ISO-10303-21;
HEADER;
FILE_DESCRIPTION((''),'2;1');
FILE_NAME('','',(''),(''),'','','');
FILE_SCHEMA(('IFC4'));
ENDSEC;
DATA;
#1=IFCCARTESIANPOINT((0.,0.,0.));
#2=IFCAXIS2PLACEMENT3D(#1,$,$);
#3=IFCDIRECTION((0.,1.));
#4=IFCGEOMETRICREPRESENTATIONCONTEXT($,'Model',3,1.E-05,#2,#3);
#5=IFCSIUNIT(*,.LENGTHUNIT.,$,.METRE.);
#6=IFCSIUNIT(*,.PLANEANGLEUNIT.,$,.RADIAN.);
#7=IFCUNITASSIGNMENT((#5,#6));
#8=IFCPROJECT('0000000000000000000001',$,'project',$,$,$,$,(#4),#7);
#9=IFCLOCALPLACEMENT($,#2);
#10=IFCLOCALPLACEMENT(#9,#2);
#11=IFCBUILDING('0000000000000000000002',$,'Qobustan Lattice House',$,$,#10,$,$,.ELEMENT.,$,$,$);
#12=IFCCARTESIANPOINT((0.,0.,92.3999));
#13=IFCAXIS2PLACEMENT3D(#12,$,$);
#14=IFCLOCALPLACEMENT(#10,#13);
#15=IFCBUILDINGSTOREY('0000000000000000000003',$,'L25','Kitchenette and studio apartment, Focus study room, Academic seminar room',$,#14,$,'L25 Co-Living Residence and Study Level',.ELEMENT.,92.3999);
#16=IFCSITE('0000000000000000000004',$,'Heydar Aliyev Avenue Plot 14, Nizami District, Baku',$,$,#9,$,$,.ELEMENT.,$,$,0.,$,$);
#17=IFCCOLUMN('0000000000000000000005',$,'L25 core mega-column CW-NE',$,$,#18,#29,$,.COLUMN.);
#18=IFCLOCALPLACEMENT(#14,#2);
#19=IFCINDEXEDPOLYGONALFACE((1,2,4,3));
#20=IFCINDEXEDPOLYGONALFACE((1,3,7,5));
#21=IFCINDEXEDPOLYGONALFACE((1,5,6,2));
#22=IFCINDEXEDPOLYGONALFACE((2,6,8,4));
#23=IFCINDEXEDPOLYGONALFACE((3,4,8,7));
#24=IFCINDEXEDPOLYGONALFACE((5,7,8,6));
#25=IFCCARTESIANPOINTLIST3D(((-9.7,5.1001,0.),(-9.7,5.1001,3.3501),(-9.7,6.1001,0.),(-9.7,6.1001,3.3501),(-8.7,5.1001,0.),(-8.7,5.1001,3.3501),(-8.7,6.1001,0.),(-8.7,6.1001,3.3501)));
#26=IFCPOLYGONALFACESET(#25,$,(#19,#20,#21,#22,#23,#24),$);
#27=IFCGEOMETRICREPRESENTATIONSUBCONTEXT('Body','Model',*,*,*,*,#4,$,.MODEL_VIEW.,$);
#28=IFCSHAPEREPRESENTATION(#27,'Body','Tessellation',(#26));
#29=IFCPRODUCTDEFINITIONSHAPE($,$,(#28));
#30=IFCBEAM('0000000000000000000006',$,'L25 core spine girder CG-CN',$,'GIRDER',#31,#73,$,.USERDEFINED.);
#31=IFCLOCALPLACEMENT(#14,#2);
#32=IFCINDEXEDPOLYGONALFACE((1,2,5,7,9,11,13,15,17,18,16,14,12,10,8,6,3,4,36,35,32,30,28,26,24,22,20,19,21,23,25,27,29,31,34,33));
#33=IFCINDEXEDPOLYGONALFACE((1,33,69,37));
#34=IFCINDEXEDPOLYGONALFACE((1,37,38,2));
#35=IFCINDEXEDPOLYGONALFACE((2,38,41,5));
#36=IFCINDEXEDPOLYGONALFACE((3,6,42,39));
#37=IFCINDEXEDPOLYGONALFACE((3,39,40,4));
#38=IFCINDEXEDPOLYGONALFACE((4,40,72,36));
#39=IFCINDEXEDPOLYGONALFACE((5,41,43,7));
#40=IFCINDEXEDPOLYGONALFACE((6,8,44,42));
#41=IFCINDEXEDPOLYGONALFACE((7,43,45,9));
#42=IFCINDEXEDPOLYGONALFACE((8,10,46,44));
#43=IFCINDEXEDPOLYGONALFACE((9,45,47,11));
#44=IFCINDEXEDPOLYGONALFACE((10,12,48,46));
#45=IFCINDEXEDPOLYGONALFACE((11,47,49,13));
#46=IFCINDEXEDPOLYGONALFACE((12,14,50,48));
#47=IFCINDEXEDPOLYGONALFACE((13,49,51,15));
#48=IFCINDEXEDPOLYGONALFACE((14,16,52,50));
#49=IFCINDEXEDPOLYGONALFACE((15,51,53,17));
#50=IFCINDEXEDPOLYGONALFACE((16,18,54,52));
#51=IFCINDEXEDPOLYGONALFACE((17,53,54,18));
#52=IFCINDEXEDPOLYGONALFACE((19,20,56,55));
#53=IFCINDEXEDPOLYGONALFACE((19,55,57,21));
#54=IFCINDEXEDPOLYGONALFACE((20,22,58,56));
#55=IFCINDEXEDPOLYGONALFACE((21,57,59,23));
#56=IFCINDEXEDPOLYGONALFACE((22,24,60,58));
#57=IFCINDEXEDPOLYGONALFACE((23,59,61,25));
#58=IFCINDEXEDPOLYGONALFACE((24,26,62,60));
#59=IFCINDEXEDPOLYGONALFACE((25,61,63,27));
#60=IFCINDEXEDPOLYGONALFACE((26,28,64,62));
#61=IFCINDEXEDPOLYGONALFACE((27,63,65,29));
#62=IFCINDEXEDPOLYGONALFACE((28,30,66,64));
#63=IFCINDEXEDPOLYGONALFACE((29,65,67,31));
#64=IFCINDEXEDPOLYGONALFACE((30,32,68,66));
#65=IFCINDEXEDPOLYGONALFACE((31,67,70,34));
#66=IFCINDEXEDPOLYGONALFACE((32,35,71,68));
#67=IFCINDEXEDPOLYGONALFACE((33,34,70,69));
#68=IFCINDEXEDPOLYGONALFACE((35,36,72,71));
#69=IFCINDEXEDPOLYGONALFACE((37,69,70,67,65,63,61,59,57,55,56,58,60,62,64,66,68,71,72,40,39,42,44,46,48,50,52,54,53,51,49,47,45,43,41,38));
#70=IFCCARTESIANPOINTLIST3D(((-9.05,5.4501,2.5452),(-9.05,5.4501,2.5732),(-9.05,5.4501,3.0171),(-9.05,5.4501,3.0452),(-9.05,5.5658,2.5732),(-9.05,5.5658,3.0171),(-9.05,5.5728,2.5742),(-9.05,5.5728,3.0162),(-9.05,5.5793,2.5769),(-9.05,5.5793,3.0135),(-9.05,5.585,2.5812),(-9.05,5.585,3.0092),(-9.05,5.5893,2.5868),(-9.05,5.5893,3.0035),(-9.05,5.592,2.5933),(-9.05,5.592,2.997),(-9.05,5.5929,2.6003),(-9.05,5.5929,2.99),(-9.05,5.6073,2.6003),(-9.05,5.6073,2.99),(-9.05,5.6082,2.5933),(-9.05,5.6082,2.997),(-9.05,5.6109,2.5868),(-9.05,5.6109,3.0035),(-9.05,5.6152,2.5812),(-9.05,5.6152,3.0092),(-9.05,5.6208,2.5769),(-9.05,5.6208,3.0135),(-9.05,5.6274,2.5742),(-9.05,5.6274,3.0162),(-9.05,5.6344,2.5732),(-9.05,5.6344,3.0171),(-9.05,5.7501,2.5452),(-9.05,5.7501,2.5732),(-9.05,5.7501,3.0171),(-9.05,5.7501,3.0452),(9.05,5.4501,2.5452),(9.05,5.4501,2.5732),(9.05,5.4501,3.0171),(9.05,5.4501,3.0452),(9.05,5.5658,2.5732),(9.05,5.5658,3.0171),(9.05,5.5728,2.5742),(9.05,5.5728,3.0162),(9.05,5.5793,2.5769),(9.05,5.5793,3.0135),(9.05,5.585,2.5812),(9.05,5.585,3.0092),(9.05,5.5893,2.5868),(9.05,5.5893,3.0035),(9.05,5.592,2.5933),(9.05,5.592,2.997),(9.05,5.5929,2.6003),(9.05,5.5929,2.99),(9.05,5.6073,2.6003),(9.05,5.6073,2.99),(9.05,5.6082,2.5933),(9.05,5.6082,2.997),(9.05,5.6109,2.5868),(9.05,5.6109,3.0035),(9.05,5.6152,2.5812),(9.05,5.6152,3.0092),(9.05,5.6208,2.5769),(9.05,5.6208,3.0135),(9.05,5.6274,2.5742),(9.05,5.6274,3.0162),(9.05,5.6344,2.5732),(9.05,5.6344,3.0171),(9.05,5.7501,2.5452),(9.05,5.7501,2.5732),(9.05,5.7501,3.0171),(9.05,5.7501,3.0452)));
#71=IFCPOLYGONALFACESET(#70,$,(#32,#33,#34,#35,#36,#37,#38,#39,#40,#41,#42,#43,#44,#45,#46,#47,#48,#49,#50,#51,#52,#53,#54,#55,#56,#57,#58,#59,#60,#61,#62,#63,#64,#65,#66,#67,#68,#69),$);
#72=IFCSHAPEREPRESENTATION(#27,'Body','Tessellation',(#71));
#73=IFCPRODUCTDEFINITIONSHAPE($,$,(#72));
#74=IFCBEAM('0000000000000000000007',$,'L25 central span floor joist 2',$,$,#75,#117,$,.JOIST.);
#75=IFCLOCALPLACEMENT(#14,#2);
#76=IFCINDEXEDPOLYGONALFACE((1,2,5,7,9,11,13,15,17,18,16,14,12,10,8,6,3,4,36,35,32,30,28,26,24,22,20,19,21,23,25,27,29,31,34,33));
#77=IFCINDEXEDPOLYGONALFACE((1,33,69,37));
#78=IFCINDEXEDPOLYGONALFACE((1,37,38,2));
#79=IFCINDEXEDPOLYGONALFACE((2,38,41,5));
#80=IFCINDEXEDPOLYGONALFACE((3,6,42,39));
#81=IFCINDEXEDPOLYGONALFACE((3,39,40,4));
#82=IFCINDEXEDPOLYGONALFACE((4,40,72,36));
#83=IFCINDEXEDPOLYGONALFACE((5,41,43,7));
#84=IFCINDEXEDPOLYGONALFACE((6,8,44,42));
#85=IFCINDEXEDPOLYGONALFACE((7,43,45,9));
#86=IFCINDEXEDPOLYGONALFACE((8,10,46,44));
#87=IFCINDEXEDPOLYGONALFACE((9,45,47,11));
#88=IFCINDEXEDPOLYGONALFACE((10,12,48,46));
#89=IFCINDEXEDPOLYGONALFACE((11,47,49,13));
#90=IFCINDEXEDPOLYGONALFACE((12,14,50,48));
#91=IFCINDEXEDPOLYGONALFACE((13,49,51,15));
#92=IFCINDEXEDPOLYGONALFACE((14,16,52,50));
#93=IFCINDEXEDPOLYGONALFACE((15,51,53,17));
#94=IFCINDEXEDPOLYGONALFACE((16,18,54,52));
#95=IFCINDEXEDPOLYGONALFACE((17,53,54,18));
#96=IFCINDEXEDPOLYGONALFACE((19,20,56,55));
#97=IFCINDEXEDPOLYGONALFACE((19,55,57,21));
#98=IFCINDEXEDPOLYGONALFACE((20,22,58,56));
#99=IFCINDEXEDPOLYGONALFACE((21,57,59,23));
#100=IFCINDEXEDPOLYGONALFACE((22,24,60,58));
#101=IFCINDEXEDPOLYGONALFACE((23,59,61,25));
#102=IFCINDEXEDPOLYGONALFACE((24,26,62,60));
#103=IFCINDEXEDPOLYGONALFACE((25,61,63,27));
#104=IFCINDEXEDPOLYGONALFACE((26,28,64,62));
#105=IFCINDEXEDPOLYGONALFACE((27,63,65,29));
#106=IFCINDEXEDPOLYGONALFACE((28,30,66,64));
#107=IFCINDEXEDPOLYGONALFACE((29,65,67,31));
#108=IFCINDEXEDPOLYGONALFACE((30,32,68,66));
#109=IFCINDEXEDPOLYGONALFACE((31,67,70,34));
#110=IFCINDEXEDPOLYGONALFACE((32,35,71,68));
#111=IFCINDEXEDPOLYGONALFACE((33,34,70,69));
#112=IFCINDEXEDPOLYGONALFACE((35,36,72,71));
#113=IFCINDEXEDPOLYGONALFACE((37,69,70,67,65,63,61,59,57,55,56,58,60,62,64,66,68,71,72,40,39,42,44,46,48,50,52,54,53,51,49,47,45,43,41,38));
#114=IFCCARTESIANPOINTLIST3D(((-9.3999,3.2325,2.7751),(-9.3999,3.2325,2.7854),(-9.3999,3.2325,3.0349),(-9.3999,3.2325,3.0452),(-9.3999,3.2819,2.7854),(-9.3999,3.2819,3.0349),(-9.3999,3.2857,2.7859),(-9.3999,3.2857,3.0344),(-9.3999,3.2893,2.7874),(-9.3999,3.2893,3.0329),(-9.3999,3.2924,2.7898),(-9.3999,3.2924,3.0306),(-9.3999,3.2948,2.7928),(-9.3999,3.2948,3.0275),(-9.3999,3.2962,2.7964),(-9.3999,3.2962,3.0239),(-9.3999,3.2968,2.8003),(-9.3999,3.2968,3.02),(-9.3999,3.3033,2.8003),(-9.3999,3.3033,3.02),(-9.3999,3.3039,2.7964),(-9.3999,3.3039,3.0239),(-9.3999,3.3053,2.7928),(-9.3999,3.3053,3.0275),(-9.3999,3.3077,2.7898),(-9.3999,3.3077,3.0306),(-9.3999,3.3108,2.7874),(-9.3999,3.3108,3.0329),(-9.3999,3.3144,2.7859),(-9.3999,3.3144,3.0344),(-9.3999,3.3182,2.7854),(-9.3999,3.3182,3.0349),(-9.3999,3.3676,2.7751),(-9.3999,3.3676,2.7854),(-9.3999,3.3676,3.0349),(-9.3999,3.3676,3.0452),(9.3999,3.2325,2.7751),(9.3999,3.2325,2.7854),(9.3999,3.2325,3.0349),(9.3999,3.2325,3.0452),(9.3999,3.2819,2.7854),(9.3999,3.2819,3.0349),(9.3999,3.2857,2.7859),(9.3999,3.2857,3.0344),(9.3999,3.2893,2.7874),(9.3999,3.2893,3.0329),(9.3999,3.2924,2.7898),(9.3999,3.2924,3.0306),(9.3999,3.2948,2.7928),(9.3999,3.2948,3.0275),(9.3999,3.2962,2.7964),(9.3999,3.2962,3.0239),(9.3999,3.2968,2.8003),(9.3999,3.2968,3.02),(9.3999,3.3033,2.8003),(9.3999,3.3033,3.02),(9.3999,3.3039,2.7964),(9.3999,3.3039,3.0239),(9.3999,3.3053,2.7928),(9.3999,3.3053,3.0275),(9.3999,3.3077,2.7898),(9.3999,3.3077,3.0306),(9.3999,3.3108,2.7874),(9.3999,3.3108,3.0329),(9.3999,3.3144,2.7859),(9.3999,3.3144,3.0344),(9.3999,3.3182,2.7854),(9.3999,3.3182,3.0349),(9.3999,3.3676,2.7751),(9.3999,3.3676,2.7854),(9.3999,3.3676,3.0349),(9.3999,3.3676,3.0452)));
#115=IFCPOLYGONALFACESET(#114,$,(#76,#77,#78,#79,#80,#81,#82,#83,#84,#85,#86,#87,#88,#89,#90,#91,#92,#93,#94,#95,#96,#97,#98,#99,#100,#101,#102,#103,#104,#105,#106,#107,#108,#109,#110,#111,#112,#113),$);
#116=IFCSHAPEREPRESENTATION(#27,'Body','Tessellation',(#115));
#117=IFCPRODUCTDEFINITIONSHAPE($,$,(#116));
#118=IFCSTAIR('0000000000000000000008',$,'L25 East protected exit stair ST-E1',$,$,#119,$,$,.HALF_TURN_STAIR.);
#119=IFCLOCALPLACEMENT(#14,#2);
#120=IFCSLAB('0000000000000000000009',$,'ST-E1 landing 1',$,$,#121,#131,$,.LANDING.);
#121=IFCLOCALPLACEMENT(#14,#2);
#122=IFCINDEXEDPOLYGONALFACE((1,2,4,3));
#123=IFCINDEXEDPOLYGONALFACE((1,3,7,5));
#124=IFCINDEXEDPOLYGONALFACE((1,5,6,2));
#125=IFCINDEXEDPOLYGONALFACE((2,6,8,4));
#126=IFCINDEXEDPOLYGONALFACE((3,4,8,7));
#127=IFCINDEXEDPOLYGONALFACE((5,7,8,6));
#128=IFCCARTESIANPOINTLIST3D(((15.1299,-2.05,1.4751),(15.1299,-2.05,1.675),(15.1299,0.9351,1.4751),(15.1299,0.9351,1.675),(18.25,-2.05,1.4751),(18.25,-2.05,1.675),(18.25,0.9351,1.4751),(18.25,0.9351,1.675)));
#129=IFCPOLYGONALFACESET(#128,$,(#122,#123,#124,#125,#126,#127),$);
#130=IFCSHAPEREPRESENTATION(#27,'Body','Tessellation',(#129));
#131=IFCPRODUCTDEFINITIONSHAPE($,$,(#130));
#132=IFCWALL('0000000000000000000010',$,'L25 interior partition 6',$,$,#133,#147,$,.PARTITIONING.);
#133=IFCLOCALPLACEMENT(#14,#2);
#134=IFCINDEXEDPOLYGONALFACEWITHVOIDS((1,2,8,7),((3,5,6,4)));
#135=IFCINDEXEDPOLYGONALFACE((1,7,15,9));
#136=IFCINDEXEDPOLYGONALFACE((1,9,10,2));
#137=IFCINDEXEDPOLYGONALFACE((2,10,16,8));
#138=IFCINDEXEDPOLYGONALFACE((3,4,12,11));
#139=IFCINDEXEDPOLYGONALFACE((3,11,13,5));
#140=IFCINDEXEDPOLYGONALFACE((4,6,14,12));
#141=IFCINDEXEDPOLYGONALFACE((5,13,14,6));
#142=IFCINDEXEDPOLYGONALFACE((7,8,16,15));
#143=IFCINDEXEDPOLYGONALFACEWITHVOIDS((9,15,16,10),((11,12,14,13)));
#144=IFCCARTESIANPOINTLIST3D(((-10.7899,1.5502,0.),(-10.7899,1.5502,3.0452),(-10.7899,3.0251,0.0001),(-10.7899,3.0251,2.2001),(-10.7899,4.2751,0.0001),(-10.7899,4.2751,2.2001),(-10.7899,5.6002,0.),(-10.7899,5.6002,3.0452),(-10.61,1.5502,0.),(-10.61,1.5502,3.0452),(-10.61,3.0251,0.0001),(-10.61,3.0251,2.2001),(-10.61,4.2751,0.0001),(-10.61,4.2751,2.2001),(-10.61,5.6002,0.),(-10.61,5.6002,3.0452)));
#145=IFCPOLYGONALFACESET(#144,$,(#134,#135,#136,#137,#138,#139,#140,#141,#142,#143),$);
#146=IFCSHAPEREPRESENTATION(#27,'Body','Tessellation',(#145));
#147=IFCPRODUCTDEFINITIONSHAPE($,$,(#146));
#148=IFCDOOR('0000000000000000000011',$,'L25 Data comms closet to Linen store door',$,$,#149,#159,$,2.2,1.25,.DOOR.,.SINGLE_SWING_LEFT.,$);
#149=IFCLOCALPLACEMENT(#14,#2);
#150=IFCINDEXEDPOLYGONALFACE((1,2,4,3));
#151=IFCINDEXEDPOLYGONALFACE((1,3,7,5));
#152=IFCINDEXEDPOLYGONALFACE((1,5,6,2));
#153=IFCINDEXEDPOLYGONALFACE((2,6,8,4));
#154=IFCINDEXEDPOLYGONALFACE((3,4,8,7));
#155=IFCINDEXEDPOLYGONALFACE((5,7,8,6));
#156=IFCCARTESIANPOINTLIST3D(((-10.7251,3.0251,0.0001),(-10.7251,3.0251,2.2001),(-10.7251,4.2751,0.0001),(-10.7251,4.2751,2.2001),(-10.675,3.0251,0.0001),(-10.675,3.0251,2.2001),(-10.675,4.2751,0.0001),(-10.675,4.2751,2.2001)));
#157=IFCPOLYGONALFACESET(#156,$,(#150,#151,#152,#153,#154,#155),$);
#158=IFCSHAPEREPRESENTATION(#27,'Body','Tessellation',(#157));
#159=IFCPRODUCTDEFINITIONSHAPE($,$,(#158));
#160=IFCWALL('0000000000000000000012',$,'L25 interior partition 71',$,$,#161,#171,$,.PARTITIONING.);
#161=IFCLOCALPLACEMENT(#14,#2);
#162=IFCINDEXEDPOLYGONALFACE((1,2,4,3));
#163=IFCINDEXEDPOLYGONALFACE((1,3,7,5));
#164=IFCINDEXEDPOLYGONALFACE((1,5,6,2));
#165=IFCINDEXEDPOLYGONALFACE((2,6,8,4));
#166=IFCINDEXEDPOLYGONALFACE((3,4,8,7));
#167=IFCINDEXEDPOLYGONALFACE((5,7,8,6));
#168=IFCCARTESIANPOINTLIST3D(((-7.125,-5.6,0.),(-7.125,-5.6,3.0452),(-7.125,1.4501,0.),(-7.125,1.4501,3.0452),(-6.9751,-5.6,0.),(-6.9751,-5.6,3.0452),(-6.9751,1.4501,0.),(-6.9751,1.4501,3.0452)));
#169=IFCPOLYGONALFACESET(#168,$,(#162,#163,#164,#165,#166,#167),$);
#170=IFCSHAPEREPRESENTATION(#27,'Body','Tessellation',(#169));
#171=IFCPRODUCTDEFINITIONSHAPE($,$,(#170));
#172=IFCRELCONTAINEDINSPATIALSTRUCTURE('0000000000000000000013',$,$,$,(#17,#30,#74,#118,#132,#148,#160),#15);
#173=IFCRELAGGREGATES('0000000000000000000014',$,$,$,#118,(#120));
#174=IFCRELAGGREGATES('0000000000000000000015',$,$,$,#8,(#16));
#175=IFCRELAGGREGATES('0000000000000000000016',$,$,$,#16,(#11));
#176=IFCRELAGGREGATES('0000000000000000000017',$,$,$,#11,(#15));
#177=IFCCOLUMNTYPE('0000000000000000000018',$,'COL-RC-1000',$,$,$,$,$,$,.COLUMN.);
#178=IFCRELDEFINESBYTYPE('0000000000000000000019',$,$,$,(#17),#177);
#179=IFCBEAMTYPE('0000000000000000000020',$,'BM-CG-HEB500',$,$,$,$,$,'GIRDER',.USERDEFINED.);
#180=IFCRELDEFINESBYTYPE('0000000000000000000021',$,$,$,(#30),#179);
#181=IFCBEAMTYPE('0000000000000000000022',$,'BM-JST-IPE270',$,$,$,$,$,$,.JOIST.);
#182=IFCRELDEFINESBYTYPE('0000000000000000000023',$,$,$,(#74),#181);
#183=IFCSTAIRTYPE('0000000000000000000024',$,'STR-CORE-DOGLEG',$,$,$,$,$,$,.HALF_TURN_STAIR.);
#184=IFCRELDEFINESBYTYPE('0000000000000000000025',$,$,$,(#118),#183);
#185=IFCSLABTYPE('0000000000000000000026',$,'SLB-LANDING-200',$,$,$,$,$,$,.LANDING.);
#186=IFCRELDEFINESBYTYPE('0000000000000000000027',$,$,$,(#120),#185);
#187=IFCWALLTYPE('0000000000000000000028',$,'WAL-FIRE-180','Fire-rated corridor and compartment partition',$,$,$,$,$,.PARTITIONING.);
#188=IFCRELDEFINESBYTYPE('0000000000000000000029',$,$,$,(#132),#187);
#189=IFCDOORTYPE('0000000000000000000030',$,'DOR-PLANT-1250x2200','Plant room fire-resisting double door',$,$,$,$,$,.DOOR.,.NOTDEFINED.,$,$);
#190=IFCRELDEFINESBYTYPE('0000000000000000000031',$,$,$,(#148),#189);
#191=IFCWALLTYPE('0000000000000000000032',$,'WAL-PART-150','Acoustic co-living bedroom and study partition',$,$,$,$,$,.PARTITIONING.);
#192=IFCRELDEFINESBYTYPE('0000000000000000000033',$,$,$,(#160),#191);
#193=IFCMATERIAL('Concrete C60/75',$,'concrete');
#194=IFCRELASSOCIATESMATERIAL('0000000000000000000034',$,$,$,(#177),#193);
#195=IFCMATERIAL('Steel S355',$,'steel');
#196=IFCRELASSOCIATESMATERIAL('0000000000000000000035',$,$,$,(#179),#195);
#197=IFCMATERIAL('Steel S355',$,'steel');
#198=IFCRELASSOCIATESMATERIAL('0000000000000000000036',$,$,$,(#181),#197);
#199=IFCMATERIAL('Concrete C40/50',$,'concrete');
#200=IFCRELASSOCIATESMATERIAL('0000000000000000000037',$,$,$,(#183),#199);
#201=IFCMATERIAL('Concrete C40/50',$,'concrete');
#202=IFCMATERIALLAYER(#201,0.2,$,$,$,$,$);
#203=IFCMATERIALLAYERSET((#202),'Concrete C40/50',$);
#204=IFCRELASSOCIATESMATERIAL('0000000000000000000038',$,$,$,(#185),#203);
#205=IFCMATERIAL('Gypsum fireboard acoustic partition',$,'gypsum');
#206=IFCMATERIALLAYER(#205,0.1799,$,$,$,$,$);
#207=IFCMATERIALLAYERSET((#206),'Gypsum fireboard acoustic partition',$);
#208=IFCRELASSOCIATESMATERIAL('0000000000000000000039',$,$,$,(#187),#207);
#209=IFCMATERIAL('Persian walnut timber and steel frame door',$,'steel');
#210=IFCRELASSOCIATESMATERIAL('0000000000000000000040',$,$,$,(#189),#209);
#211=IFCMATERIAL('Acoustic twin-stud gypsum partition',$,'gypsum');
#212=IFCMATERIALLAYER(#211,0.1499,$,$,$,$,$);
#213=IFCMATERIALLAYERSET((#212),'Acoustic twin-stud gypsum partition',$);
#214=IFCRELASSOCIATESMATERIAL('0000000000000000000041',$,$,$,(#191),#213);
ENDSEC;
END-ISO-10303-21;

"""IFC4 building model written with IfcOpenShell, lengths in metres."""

from ifc_helpers import new_model, si_unit, direction, frame, frame_2d, origin, origin_2d, place, context, subcontext, project, spatial, polyline, rectangle, i_section, outline, extrude, material, layer, layer_set, material_profile, profile_set, type_object, element, fill, aggregate, save


model = new_model("IFC4")

# Units and contexts
model_context = context("Model", 3, precision=1e-05, world=origin(), true_north=direction((0.0, 1.0)))
body_context = subcontext(model_context, "Body", "Model", "MODEL_VIEW")
ifc_project = project(units=[si_unit("LENGTHUNIT", "METRE"), si_unit("PLANEANGLEUNIT", "RADIAN")], contexts=[model_context])

# Site, building, storey
site_placement = place(None, origin())
site = spatial("IfcSite", under=ifc_project, at=site_placement, Name="Heydar Aliyev Avenue Plot 14, Nizami District, Baku", CompositionType="ELEMENT", RefElevation=0.0)
building_placement = place(site_placement, origin())
building = spatial("IfcBuilding", under=site, at=building_placement, Name="Qobustan Lattice House", CompositionType="ELEMENT")
storey_placement = place(building_placement, frame((0.0, 0.0, 92.3999)))
storey = spatial("IfcBuildingStorey", under=building, at=storey_placement, Name="L25", Description="Kitchenette and studio apartment, Focus study room, Academic seminar room", LongName="L25 Co-Living Residence and Study Level", CompositionType="ELEMENT", Elevation=92.3999)

# Column
ifc_material_1 = material(Name="Concrete C60/75", Category="concrete")
ifc_material_profile_1 = material_profile(ifc_material_1, rectangle(XDim=1.0, YDim=1.0, at=origin_2d()), Name="RC1000x1000")
ifc_profile_set_1 = profile_set([ifc_material_profile_1], Name="Concrete C60/75")
column_type = type_object("IfcColumnType", Name="COL-RC-1000", PredefinedType="COLUMN", material=ifc_profile_set_1)
column_placement = place(storey_placement, frame((-9.2, 5.6001, 0.0), z_axis=(0.0, 0.0, 1.0), x_axis=(1.0, 0.0, 0.0)))
element("IfcColumn", 1, at=column_placement, inside=storey, type_object=column_type, Name="L25 core mega-column CW-NE", PredefinedType="COLUMN", context=body_context, shape_type="SweptSolid", body=[
    extrude(rectangle(XDim=1.0, YDim=1.0, at=origin_2d()), origin(), (0.0, 0.0, 1.0), 3.3501),
])

# Beams
ifc_material_2 = material(Name="Steel S355", Category="steel")
ifc_material_profile_2 = material_profile(ifc_material_2, i_section(OverallWidth=0.3, OverallDepth=0.5, WebThickness=0.0144, FlangeThickness=0.0281, FilletRadius=0.0271, at=origin_2d()), Name="HEB500")
ifc_profile_set_2 = profile_set([ifc_material_profile_2], Name="Steel S355")
beam_type_1 = type_object("IfcBeamType", Name="BM-CG-HEB500", ElementType="GIRDER", PredefinedType="USERDEFINED", material=ifc_profile_set_2)
beam_1_placement = place(storey_placement, frame((-9.05, 5.6001, 2.7952), z_axis=(1.0, 0.0, 0.0), x_axis=(0.0, 1.0, 0.0)))
element("IfcBeam", 2, at=beam_1_placement, inside=storey, type_object=beam_type_1, Name="L25 core spine girder CG-CN", ObjectType="GIRDER", PredefinedType="USERDEFINED", context=body_context, shape_type="SweptSolid", body=[
    extrude(i_section(OverallWidth=0.3, OverallDepth=0.5, WebThickness=0.0144, FlangeThickness=0.0281, FilletRadius=0.0271, at=origin_2d()), origin(), (0.0, 0.0, 1.0), 18.1001),
])
ifc_material_3 = material(Name="Steel S355", Category="steel")
ifc_material_profile_3 = material_profile(ifc_material_3, i_section(OverallWidth=0.135, OverallDepth=0.27, WebThickness=0.0066, FlangeThickness=0.0103, FilletRadius=0.0149, at=origin_2d()), Name="IPE270")
ifc_profile_set_3 = profile_set([ifc_material_profile_3], Name="Steel S355")
beam_type_2 = type_object("IfcBeamType", Name="BM-JST-IPE270", PredefinedType="JOIST", material=ifc_profile_set_3)
beam_2_placement = place(storey_placement, frame((-9.3999, 3.3, 2.9102), z_axis=(1.0, 0.0, 0.0), x_axis=(0.0, 1.0, 0.0)))
element("IfcBeam", 3, at=beam_2_placement, inside=storey, type_object=beam_type_2, Name="L25 central span floor joist 2", PredefinedType="JOIST", context=body_context, shape_type="SweptSolid", body=[
    extrude(i_section(OverallWidth=0.135, OverallDepth=0.27, WebThickness=0.0066, FlangeThickness=0.0103, FilletRadius=0.0149, at=origin_2d()), origin(), (0.0, 0.0, 1.0), 18.7998),
])

# Stair, slab
ifc_material_4 = material(Name="Concrete C40/50", Category="concrete")
stair_type = type_object("IfcStairType", Name="STR-CORE-DOGLEG", PredefinedType="HALF_TURN_STAIR", material=ifc_material_4)
stair_1_placement = place(storey_placement, origin())
stair_1 = element("IfcStair", 4, at=stair_1_placement, inside=storey, type_object=stair_type, Name="L25 East protected exit stair ST-E1", PredefinedType="HALF_TURN_STAIR")
ifc_material_5 = material(Name="Concrete C40/50", Category="concrete")
ifc_layer_1 = layer(ifc_material_5, 0.2)
ifc_layer_set_1 = layer_set([ifc_layer_1], Name="Concrete C40/50")
slab_type = type_object("IfcSlabType", Name="SLB-LANDING-200", PredefinedType="LANDING", material=ifc_layer_set_1)
slab_placement = place(storey_placement, frame((0.0, 0.0, 1.4751)))
slab = element("IfcSlab", 5, at=slab_placement, type_object=slab_type, Name="ST-E1 landing 1", PredefinedType="LANDING", context=body_context, shape_type="SweptSolid", body=[
    extrude(outline(polyline([(15.1299, 0.9351), (15.1299, -2.05), (18.25, -2.05), (18.25, 0.9351), (15.1299, 0.9351)])), origin(), (0.0, 0.0, 1.0), 0.2),
])
aggregate(stair_1, [slab])

# Wall, opening, door
ifc_material_6 = material(Name="Gypsum fireboard acoustic partition", Category="gypsum")
ifc_layer_2 = layer(ifc_material_6, 0.1799)
ifc_layer_set_2 = layer_set([ifc_layer_2], Name="Gypsum fireboard acoustic partition")
wall_type_1 = type_object("IfcWallType", Name="WAL-FIRE-180", Description="Fire-rated corridor and compartment partition", PredefinedType="PARTITIONING", material=ifc_layer_set_2)
wall_1_placement = place(storey_placement, frame((-10.7, 5.6001, 0.0), z_axis=(0.0, 0.0, 1.0), x_axis=(0.0, -1.0, 0.0)))
wall_1 = element("IfcWall", 6, at=wall_1_placement, inside=storey, type_object=wall_type_1, Name="L25 interior partition 6", PredefinedType="PARTITIONING", context=body_context, shape_type="SweptSolid", body=[
    extrude(rectangle(XDim=4.05, YDim=0.1799, at=frame_2d((2.0249, 0.0))), origin(), (0.0, 0.0, 1.0), 3.0452),
])
opening_placement = place(wall_1_placement, frame((1.325, 0.0, 0.0)))
opening = element("IfcOpeningElement", 7, at=opening_placement, cuts=wall_1, PredefinedType="OPENING", context=body_context, shape_type="SweptSolid", body=[
    extrude(rectangle(XDim=1.25, YDim=2.2, at=frame_2d((0.625, 1.1001))), frame((0.0, 0.0999, 0.0), z_axis=(0.0, -1.0, 0.0), x_axis=(1.0, 0.0, 0.0)), (0.0, 0.0, 1.0), 0.2),
])
ifc_material_7 = material(Name="Persian walnut timber and steel frame door", Category="steel")
door_type = type_object("IfcDoorType", Name="DOR-PLANT-1250x2200", Description="Plant room fire-resisting double door", OperationType="NOTDEFINED", PredefinedType="DOOR", material=ifc_material_7)
door_placement = place(opening_placement, origin())
door = element("IfcDoor", 8, at=door_placement, inside=storey, type_object=door_type, Name="L25 Data comms closet to Linen store door", OperationType="SINGLE_SWING_LEFT", OverallHeight=2.2, OverallWidth=1.25, PredefinedType="DOOR", context=body_context, shape_type="SweptSolid", body=[
    extrude(rectangle(XDim=1.25, YDim=2.2, at=frame_2d((0.625, 1.1001))), frame((0.0, 0.0249, 0.0), z_axis=(0.0, -1.0, 0.0), x_axis=(1.0, 0.0, 0.0)), (0.0, 0.0, 1.0), 0.05),
])
fill(opening, door)

# Wall
ifc_material_8 = material(Name="Acoustic twin-stud gypsum partition", Category="gypsum")
ifc_layer_3 = layer(ifc_material_8, 0.1499)
ifc_layer_set_3 = layer_set([ifc_layer_3], Name="Acoustic twin-stud gypsum partition")
wall_type_2 = type_object("IfcWallType", Name="WAL-PART-150", Description="Acoustic co-living bedroom and study partition", PredefinedType="PARTITIONING", material=ifc_layer_set_3)
wall_2_placement = place(storey_placement, frame((-7.05, 1.45, 0.0), z_axis=(0.0, 0.0, 1.0), x_axis=(0.0, -1.0, 0.0)))
element("IfcWall", 9, at=wall_2_placement, inside=storey, type_object=wall_type_2, Name="L25 interior partition 71", PredefinedType="PARTITIONING", context=body_context, shape_type="SweptSolid", body=[
    extrude(rectangle(XDim=7.05, YDim=0.1499, at=frame_2d((3.5249, 0.0))), origin(), (0.0, 0.0, 1.0), 3.0452),
])

save(model, "model.ifc")
